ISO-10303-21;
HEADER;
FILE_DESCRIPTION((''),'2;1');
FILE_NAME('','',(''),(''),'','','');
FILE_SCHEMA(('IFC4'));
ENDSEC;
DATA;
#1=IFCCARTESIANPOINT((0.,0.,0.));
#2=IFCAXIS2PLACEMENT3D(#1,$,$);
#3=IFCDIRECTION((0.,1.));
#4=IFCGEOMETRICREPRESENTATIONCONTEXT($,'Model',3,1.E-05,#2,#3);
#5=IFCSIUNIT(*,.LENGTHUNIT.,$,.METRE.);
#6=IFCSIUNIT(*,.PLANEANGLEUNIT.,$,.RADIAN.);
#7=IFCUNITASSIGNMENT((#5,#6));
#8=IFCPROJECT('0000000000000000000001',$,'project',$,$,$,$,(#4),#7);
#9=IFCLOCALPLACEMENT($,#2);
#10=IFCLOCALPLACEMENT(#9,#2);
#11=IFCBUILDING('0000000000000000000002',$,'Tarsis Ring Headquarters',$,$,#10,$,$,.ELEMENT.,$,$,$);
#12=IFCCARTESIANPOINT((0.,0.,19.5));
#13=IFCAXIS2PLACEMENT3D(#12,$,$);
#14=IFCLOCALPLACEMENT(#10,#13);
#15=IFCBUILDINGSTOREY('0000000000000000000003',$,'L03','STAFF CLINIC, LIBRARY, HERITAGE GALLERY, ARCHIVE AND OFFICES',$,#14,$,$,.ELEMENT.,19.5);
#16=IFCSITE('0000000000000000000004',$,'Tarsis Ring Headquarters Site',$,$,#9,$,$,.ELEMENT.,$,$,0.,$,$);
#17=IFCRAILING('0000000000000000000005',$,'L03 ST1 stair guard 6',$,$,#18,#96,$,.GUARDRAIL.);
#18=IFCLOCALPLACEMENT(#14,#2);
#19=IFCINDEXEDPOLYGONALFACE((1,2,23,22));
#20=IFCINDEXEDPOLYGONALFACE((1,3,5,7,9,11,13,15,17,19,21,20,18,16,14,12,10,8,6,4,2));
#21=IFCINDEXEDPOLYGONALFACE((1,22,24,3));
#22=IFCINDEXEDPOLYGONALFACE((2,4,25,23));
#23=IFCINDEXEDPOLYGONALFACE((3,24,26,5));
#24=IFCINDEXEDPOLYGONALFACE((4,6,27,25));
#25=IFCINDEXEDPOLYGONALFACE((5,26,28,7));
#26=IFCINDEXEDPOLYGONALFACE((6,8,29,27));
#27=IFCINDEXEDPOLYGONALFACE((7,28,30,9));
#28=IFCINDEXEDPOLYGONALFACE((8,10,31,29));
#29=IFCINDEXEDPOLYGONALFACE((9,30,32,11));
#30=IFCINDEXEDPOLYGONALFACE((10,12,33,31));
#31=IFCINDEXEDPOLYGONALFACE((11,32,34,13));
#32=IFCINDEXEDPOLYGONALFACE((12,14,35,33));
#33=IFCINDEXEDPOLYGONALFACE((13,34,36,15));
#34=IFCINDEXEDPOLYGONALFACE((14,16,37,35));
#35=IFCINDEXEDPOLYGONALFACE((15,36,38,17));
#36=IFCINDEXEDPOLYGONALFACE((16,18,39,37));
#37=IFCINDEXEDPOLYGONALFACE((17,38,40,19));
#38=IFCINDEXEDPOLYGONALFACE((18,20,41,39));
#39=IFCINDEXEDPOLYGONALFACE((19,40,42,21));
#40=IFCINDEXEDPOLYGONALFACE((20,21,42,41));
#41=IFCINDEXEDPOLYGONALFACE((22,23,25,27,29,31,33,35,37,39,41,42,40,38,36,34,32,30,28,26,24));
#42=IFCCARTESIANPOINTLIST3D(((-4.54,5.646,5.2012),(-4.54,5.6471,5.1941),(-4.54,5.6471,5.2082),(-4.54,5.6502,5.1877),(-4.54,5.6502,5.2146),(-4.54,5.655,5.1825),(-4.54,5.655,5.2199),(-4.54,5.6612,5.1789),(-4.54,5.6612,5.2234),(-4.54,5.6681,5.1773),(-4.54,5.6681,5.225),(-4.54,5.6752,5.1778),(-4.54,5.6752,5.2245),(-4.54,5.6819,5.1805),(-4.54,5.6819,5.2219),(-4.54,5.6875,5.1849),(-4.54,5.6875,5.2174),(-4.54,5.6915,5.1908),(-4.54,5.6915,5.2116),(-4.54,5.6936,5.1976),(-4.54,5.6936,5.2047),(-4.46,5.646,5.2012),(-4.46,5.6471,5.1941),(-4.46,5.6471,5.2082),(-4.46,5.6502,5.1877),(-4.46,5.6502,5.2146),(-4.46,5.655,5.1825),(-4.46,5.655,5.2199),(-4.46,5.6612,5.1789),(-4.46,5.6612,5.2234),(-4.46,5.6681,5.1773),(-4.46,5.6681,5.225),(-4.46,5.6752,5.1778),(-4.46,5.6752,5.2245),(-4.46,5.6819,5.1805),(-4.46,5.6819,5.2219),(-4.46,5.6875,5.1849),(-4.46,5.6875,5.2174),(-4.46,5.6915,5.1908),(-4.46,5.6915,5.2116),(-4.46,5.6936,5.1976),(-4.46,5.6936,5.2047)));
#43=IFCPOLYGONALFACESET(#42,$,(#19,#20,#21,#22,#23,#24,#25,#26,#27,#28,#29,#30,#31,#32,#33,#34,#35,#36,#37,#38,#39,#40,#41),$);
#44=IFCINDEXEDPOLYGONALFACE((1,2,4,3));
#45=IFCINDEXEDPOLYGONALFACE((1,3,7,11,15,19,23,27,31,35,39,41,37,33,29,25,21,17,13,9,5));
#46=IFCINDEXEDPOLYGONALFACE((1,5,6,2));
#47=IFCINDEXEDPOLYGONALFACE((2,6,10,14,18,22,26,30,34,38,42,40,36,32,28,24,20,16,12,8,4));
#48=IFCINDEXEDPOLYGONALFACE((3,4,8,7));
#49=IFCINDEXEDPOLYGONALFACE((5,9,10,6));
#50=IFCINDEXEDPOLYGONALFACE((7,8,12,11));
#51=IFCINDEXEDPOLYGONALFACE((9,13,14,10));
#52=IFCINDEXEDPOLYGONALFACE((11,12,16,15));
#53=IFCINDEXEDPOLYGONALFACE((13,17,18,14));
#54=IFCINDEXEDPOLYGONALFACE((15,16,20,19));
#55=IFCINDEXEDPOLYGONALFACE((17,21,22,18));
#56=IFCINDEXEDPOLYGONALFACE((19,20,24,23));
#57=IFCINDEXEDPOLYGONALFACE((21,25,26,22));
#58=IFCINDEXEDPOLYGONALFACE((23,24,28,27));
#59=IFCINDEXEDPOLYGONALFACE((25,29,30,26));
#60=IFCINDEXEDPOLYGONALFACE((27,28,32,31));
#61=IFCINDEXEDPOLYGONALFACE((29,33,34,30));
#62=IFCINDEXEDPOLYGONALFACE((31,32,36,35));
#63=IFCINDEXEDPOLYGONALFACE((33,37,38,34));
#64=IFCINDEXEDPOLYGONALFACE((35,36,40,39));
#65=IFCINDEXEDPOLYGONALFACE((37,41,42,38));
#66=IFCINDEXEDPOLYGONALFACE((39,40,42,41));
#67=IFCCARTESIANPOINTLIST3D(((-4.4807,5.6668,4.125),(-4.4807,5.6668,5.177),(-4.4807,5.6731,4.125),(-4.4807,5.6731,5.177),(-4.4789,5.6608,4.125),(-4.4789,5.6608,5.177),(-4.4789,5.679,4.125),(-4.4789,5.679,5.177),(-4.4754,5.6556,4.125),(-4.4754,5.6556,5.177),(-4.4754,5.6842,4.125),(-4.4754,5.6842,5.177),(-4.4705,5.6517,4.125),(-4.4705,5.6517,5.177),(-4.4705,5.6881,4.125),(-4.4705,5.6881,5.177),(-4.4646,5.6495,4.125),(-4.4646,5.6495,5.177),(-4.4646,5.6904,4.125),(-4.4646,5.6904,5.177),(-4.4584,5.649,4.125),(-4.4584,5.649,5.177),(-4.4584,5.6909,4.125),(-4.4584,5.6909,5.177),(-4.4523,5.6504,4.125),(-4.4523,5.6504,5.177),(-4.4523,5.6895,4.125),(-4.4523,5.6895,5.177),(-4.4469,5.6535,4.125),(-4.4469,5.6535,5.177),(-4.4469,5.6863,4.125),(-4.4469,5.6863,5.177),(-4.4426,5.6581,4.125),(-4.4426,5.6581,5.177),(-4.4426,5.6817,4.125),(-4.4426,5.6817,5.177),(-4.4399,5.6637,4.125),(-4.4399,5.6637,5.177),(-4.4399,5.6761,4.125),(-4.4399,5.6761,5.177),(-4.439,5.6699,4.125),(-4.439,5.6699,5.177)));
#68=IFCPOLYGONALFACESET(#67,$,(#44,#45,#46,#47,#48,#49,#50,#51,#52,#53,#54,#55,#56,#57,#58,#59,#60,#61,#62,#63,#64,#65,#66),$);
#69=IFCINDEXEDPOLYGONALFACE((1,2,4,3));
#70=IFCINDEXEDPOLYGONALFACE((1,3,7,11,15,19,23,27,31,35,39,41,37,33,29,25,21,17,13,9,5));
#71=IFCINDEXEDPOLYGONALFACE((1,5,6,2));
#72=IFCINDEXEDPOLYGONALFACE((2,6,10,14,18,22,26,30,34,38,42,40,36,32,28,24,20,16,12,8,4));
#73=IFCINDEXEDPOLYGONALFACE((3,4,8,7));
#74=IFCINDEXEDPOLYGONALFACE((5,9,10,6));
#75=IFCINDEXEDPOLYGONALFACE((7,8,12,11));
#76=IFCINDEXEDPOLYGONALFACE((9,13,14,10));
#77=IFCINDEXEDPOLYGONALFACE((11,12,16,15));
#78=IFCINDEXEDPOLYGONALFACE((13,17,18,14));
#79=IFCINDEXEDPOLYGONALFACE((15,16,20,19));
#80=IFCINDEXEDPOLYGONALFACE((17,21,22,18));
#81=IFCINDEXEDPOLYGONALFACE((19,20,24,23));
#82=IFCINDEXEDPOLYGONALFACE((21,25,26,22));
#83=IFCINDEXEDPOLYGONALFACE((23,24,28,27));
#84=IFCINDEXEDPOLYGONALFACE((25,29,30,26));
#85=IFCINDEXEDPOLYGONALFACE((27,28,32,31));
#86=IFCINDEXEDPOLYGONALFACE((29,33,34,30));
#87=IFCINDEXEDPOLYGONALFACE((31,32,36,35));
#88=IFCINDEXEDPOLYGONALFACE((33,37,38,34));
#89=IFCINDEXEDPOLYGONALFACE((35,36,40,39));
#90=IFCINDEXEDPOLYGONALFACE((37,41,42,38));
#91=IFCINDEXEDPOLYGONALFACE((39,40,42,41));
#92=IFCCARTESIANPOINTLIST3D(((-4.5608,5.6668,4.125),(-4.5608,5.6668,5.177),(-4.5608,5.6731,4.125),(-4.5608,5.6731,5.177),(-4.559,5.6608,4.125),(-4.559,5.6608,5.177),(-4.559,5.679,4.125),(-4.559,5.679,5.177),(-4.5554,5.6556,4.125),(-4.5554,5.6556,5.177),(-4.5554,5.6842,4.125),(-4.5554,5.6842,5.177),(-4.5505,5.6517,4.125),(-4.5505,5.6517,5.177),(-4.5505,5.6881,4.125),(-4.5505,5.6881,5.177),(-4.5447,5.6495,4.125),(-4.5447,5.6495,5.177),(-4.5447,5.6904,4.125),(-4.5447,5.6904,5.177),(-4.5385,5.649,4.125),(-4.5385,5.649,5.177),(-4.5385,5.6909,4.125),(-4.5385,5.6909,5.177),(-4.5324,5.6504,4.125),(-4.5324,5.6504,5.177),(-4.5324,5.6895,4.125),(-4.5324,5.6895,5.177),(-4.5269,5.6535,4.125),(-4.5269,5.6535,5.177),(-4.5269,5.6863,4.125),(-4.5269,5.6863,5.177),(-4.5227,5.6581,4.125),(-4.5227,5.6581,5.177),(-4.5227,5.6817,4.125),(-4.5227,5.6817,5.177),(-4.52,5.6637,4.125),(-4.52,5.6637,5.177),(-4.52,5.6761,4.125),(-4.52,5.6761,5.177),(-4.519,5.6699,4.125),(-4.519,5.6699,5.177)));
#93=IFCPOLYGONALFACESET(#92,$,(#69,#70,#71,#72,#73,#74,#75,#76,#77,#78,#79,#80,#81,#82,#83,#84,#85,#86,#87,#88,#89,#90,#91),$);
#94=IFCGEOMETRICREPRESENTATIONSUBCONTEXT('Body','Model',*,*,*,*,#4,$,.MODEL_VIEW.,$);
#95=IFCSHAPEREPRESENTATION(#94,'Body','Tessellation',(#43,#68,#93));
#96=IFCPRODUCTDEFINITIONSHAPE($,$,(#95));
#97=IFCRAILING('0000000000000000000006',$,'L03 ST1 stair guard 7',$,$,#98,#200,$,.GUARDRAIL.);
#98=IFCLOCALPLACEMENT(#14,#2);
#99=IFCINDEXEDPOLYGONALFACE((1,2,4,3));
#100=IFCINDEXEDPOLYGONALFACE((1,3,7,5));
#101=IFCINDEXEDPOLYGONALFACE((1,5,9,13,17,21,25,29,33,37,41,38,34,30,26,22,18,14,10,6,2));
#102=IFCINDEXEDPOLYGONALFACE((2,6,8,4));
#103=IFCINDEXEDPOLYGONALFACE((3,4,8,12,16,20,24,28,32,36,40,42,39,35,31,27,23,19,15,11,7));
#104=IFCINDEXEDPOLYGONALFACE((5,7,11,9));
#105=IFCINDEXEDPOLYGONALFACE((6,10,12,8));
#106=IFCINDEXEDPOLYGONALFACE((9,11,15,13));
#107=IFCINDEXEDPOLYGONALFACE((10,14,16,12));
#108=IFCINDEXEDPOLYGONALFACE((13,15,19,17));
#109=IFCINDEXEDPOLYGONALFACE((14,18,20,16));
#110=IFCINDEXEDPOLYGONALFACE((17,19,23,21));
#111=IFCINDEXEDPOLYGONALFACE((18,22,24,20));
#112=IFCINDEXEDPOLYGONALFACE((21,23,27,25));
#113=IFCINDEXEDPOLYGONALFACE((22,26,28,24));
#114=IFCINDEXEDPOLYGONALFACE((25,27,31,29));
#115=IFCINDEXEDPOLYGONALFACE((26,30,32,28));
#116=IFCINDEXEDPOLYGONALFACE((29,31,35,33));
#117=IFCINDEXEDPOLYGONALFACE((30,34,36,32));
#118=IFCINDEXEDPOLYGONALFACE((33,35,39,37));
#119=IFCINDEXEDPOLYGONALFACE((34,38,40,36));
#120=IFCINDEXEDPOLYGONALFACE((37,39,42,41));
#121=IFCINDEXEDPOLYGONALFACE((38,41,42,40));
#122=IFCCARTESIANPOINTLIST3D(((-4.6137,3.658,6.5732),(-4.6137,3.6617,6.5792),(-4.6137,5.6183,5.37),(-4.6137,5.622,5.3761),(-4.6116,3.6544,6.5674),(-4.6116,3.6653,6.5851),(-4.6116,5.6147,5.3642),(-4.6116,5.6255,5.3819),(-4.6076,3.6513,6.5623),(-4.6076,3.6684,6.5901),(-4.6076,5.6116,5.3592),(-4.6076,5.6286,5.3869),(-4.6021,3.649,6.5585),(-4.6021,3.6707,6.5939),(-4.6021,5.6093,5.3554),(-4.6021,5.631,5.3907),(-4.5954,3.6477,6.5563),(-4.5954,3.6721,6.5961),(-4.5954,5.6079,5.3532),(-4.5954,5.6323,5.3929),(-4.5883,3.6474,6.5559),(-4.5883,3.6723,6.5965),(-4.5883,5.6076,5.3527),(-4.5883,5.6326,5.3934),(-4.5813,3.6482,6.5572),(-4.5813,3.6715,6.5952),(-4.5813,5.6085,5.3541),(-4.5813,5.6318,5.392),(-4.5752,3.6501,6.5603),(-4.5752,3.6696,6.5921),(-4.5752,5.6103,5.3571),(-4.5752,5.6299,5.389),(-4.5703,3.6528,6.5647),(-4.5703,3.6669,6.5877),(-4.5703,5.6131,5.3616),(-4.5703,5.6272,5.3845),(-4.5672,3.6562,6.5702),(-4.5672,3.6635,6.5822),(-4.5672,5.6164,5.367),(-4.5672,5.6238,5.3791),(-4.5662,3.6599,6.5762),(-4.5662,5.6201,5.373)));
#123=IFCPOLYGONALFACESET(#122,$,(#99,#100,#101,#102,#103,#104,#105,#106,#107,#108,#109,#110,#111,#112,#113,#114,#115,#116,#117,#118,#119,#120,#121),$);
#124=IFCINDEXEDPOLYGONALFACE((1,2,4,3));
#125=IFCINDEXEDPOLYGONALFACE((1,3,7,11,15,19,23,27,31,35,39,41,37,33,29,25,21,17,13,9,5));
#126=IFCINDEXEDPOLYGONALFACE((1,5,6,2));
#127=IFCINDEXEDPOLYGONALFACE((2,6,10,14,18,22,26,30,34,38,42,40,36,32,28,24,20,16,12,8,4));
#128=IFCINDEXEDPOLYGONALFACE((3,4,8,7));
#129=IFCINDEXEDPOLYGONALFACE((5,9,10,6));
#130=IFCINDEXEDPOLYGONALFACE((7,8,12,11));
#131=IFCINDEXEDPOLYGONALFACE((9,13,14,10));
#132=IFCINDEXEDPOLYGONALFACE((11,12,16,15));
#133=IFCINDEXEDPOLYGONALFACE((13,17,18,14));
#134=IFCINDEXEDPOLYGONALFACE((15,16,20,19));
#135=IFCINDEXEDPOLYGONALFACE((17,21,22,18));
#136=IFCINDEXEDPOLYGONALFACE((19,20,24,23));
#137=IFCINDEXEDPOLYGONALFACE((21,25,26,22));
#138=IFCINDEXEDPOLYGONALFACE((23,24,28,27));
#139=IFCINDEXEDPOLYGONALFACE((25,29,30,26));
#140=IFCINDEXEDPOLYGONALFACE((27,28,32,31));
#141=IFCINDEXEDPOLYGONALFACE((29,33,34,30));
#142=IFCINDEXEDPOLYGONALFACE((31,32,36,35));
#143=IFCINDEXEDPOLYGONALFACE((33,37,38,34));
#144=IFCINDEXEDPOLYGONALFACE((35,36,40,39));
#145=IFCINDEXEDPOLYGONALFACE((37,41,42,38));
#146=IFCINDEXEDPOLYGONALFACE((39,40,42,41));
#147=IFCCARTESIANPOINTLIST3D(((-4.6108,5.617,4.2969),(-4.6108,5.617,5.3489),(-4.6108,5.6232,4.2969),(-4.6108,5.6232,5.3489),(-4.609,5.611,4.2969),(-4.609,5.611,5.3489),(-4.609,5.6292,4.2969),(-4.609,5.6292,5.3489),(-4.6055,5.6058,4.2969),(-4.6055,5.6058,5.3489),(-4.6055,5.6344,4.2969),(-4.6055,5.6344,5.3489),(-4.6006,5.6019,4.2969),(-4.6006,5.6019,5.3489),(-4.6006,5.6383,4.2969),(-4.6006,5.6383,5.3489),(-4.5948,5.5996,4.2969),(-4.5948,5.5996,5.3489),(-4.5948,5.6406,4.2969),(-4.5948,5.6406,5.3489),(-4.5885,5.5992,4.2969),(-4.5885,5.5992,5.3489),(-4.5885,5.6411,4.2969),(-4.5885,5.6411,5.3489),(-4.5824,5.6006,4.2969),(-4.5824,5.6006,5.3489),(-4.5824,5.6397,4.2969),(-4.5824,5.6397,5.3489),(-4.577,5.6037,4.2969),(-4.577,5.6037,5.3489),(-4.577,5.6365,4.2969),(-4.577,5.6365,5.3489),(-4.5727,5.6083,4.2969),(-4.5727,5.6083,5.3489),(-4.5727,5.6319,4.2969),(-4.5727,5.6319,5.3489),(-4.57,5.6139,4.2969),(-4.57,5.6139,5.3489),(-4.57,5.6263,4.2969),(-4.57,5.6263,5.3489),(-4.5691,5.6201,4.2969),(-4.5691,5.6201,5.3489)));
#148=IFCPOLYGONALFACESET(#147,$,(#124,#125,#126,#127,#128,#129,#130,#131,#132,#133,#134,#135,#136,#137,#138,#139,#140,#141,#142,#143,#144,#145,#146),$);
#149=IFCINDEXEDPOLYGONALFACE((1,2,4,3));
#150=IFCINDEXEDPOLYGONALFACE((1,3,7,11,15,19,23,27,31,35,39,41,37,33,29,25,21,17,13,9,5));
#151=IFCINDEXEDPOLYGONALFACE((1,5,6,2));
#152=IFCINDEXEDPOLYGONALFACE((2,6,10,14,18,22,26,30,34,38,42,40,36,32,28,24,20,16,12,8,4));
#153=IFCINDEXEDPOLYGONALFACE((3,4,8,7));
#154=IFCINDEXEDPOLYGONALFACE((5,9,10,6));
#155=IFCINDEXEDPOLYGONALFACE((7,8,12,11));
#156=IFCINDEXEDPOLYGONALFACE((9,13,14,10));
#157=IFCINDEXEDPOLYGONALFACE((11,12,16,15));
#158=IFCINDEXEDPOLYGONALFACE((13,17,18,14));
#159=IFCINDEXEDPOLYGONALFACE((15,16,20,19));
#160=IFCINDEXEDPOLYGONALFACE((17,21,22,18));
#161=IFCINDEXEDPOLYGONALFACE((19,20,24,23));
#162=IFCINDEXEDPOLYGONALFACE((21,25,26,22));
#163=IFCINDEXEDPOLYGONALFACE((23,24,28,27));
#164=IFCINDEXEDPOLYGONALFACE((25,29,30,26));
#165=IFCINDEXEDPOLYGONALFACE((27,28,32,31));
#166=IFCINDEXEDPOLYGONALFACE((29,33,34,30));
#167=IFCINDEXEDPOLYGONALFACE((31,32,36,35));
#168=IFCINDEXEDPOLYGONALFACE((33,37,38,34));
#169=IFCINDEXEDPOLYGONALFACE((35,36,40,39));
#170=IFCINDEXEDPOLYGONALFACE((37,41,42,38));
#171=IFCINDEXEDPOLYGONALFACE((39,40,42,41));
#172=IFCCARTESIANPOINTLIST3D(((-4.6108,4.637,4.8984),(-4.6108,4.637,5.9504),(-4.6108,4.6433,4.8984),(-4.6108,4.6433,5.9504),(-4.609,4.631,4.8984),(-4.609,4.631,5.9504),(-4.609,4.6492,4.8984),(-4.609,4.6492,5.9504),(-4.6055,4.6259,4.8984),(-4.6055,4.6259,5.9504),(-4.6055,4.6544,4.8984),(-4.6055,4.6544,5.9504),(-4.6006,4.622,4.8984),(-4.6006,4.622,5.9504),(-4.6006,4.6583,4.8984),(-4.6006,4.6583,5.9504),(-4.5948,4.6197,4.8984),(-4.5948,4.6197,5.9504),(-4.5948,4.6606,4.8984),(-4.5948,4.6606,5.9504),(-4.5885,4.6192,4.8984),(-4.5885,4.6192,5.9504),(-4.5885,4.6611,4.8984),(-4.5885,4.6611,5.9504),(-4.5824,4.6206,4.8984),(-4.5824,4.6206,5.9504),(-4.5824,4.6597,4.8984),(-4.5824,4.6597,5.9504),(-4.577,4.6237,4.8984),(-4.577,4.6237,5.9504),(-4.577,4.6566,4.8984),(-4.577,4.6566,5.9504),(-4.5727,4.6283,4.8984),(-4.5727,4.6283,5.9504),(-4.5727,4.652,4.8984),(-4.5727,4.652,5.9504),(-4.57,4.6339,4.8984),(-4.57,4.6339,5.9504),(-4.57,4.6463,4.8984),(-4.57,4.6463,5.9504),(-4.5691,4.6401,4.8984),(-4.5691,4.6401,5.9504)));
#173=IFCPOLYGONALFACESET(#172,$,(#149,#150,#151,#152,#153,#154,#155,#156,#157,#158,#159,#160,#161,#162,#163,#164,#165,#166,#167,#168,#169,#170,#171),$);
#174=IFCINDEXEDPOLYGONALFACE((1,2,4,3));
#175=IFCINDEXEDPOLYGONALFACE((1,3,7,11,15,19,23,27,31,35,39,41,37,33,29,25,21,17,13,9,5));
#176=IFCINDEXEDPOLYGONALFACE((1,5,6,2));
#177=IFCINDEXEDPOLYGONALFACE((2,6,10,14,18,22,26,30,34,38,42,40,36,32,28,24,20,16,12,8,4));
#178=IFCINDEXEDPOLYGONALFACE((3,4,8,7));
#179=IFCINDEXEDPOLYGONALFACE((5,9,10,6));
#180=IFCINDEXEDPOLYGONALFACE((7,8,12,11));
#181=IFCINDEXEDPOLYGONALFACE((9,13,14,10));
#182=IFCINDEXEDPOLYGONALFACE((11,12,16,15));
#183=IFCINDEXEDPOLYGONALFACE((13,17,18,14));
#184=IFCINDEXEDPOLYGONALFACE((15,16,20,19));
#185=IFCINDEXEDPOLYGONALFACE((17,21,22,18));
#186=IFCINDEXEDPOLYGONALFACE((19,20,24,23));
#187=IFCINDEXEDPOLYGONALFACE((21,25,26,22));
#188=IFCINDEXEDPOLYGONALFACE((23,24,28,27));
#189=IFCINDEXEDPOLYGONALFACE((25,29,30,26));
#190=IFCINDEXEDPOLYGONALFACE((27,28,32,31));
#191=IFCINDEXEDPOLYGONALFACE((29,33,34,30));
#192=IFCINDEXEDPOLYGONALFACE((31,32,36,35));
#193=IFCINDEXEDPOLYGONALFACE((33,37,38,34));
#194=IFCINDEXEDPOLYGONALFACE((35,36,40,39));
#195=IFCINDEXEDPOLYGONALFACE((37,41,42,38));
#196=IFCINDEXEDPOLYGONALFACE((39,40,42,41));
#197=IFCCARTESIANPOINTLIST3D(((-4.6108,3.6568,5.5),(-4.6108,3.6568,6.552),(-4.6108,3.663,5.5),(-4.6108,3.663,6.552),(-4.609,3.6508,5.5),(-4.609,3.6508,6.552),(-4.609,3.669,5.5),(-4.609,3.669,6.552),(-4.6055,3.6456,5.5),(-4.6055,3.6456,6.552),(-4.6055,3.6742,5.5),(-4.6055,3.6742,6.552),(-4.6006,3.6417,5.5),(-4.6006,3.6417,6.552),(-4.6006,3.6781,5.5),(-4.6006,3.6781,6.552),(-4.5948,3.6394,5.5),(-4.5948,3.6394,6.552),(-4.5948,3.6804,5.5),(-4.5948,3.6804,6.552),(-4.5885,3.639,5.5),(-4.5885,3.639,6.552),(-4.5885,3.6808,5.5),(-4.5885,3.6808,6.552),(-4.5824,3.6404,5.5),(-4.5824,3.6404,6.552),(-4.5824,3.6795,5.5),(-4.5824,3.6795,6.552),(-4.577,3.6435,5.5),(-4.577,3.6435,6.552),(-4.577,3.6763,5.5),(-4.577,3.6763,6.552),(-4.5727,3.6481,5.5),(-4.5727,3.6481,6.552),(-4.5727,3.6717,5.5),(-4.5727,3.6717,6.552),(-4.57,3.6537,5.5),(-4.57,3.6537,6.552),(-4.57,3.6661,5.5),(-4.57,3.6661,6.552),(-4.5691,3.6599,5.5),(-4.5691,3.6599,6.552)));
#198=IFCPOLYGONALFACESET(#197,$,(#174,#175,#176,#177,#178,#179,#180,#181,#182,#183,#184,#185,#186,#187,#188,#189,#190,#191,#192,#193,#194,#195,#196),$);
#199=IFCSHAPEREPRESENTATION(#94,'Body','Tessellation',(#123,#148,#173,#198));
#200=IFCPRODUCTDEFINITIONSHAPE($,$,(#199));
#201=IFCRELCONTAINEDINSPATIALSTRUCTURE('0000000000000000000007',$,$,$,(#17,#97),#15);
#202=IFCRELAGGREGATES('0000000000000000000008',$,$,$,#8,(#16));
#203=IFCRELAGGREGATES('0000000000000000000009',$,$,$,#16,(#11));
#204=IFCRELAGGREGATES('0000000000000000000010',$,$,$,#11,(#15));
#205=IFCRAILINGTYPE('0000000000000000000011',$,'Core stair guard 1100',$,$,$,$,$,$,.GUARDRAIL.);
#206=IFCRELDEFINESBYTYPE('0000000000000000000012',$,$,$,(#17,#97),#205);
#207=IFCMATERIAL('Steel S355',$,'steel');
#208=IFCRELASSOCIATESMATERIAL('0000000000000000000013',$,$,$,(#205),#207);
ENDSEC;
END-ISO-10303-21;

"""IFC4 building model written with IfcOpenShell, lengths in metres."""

from ifc_helpers import new_model, si_unit, direction, frame, origin, origin_2d, place, context, subcontext, project, spatial, circle, extrude, material, type_object, element, save


model = new_model("IFC4")

# Units and contexts
model_context = context("Model", 3, precision=1e-05, world=origin(), true_north=direction((0.0, 1.0)))
body_context = subcontext(model_context, "Body", "Model", "MODEL_VIEW")
ifc_project = project(units=[si_unit("LENGTHUNIT", "METRE"), si_unit("PLANEANGLEUNIT", "RADIAN")], contexts=[model_context])

# Site, building, storey
site_placement = place(None, origin())
site = spatial("IfcSite", under=ifc_project, at=site_placement, Name="Tarsis Ring Headquarters Site", CompositionType="ELEMENT", RefElevation=0.0)
building_placement = place(site_placement, origin())
building = spatial("IfcBuilding", under=site, at=building_placement, Name="Tarsis Ring Headquarters", CompositionType="ELEMENT")
storey_placement = place(building_placement, frame((0.0, 0.0, 19.5)))
storey = spatial("IfcBuildingStorey", under=building, at=storey_placement, Name="L03", Description="STAFF CLINIC, LIBRARY, HERITAGE GALLERY, ARCHIVE AND OFFICES", CompositionType="ELEMENT", Elevation=19.5)

# Shared definitions
ifc_material_1 = material(Name="Steel S355", Category="steel")

# Railings
railing_type_1 = type_object("IfcRailingType", Name="Core stair guard 1100", PredefinedType="GUARDRAIL", material=ifc_material_1)
railing_1_placement = place(storey_placement, frame((-4.46, 5.6699, 4.125)))
element("IfcRailing", 1, at=railing_1_placement, inside=storey, type_object=railing_type_1, Name="L03 ST1 stair guard 6", PredefinedType="GUARDRAIL", context=body_context, shape_type="SweptSolid", body=[
    extrude(circle(Radius=0.0239, at=origin_2d()), frame((0.0, 0.0, 1.0762), z_axis=(-1.0, 0.0, 0.0), x_axis=(0.0, -1.0, 0.0)), (0.0, 0.0, 1.0), 0.0801),
    extrude(circle(Radius=0.021, at=origin_2d()), origin(), (0.0, 0.0, 1.0), 1.052),
    extrude(circle(Radius=0.021, at=origin_2d()), frame((-0.0801, 0.0, 0.0)), (0.0, 0.0, 1.0), 1.052),
])
railing_2_placement = place(storey_placement, frame((-4.5901, 5.6201, 4.2969)))
element("IfcRailing", 2, at=railing_2_placement, inside=storey, type_object=railing_type_1, Name="L03 ST1 stair guard 7", PredefinedType="GUARDRAIL", context=body_context, shape_type="SweptSolid", body=[
    extrude(circle(Radius=0.0239, at=origin_2d()), frame((0.0, 0.0, 1.0762), z_axis=(0.0, -0.85227, 0.523102), x_axis=(1.0, 0.0, 0.0)), (0.0, 0.0, 1.0), 2.3),
    extrude(circle(Radius=0.021, at=origin_2d()), origin(), (0.0, 0.0, 1.0), 1.052),
    extrude(circle(Radius=0.021, at=origin_2d()), frame((0.0, -0.98, 0.6016)), (0.0, 0.0, 1.0), 1.052),
    extrude(circle(Radius=0.021, at=origin_2d()), frame((0.0, -1.9602, 1.2031)), (0.0, 0.0, 1.0), 1.052),
])

save(model, "model.ifc")
